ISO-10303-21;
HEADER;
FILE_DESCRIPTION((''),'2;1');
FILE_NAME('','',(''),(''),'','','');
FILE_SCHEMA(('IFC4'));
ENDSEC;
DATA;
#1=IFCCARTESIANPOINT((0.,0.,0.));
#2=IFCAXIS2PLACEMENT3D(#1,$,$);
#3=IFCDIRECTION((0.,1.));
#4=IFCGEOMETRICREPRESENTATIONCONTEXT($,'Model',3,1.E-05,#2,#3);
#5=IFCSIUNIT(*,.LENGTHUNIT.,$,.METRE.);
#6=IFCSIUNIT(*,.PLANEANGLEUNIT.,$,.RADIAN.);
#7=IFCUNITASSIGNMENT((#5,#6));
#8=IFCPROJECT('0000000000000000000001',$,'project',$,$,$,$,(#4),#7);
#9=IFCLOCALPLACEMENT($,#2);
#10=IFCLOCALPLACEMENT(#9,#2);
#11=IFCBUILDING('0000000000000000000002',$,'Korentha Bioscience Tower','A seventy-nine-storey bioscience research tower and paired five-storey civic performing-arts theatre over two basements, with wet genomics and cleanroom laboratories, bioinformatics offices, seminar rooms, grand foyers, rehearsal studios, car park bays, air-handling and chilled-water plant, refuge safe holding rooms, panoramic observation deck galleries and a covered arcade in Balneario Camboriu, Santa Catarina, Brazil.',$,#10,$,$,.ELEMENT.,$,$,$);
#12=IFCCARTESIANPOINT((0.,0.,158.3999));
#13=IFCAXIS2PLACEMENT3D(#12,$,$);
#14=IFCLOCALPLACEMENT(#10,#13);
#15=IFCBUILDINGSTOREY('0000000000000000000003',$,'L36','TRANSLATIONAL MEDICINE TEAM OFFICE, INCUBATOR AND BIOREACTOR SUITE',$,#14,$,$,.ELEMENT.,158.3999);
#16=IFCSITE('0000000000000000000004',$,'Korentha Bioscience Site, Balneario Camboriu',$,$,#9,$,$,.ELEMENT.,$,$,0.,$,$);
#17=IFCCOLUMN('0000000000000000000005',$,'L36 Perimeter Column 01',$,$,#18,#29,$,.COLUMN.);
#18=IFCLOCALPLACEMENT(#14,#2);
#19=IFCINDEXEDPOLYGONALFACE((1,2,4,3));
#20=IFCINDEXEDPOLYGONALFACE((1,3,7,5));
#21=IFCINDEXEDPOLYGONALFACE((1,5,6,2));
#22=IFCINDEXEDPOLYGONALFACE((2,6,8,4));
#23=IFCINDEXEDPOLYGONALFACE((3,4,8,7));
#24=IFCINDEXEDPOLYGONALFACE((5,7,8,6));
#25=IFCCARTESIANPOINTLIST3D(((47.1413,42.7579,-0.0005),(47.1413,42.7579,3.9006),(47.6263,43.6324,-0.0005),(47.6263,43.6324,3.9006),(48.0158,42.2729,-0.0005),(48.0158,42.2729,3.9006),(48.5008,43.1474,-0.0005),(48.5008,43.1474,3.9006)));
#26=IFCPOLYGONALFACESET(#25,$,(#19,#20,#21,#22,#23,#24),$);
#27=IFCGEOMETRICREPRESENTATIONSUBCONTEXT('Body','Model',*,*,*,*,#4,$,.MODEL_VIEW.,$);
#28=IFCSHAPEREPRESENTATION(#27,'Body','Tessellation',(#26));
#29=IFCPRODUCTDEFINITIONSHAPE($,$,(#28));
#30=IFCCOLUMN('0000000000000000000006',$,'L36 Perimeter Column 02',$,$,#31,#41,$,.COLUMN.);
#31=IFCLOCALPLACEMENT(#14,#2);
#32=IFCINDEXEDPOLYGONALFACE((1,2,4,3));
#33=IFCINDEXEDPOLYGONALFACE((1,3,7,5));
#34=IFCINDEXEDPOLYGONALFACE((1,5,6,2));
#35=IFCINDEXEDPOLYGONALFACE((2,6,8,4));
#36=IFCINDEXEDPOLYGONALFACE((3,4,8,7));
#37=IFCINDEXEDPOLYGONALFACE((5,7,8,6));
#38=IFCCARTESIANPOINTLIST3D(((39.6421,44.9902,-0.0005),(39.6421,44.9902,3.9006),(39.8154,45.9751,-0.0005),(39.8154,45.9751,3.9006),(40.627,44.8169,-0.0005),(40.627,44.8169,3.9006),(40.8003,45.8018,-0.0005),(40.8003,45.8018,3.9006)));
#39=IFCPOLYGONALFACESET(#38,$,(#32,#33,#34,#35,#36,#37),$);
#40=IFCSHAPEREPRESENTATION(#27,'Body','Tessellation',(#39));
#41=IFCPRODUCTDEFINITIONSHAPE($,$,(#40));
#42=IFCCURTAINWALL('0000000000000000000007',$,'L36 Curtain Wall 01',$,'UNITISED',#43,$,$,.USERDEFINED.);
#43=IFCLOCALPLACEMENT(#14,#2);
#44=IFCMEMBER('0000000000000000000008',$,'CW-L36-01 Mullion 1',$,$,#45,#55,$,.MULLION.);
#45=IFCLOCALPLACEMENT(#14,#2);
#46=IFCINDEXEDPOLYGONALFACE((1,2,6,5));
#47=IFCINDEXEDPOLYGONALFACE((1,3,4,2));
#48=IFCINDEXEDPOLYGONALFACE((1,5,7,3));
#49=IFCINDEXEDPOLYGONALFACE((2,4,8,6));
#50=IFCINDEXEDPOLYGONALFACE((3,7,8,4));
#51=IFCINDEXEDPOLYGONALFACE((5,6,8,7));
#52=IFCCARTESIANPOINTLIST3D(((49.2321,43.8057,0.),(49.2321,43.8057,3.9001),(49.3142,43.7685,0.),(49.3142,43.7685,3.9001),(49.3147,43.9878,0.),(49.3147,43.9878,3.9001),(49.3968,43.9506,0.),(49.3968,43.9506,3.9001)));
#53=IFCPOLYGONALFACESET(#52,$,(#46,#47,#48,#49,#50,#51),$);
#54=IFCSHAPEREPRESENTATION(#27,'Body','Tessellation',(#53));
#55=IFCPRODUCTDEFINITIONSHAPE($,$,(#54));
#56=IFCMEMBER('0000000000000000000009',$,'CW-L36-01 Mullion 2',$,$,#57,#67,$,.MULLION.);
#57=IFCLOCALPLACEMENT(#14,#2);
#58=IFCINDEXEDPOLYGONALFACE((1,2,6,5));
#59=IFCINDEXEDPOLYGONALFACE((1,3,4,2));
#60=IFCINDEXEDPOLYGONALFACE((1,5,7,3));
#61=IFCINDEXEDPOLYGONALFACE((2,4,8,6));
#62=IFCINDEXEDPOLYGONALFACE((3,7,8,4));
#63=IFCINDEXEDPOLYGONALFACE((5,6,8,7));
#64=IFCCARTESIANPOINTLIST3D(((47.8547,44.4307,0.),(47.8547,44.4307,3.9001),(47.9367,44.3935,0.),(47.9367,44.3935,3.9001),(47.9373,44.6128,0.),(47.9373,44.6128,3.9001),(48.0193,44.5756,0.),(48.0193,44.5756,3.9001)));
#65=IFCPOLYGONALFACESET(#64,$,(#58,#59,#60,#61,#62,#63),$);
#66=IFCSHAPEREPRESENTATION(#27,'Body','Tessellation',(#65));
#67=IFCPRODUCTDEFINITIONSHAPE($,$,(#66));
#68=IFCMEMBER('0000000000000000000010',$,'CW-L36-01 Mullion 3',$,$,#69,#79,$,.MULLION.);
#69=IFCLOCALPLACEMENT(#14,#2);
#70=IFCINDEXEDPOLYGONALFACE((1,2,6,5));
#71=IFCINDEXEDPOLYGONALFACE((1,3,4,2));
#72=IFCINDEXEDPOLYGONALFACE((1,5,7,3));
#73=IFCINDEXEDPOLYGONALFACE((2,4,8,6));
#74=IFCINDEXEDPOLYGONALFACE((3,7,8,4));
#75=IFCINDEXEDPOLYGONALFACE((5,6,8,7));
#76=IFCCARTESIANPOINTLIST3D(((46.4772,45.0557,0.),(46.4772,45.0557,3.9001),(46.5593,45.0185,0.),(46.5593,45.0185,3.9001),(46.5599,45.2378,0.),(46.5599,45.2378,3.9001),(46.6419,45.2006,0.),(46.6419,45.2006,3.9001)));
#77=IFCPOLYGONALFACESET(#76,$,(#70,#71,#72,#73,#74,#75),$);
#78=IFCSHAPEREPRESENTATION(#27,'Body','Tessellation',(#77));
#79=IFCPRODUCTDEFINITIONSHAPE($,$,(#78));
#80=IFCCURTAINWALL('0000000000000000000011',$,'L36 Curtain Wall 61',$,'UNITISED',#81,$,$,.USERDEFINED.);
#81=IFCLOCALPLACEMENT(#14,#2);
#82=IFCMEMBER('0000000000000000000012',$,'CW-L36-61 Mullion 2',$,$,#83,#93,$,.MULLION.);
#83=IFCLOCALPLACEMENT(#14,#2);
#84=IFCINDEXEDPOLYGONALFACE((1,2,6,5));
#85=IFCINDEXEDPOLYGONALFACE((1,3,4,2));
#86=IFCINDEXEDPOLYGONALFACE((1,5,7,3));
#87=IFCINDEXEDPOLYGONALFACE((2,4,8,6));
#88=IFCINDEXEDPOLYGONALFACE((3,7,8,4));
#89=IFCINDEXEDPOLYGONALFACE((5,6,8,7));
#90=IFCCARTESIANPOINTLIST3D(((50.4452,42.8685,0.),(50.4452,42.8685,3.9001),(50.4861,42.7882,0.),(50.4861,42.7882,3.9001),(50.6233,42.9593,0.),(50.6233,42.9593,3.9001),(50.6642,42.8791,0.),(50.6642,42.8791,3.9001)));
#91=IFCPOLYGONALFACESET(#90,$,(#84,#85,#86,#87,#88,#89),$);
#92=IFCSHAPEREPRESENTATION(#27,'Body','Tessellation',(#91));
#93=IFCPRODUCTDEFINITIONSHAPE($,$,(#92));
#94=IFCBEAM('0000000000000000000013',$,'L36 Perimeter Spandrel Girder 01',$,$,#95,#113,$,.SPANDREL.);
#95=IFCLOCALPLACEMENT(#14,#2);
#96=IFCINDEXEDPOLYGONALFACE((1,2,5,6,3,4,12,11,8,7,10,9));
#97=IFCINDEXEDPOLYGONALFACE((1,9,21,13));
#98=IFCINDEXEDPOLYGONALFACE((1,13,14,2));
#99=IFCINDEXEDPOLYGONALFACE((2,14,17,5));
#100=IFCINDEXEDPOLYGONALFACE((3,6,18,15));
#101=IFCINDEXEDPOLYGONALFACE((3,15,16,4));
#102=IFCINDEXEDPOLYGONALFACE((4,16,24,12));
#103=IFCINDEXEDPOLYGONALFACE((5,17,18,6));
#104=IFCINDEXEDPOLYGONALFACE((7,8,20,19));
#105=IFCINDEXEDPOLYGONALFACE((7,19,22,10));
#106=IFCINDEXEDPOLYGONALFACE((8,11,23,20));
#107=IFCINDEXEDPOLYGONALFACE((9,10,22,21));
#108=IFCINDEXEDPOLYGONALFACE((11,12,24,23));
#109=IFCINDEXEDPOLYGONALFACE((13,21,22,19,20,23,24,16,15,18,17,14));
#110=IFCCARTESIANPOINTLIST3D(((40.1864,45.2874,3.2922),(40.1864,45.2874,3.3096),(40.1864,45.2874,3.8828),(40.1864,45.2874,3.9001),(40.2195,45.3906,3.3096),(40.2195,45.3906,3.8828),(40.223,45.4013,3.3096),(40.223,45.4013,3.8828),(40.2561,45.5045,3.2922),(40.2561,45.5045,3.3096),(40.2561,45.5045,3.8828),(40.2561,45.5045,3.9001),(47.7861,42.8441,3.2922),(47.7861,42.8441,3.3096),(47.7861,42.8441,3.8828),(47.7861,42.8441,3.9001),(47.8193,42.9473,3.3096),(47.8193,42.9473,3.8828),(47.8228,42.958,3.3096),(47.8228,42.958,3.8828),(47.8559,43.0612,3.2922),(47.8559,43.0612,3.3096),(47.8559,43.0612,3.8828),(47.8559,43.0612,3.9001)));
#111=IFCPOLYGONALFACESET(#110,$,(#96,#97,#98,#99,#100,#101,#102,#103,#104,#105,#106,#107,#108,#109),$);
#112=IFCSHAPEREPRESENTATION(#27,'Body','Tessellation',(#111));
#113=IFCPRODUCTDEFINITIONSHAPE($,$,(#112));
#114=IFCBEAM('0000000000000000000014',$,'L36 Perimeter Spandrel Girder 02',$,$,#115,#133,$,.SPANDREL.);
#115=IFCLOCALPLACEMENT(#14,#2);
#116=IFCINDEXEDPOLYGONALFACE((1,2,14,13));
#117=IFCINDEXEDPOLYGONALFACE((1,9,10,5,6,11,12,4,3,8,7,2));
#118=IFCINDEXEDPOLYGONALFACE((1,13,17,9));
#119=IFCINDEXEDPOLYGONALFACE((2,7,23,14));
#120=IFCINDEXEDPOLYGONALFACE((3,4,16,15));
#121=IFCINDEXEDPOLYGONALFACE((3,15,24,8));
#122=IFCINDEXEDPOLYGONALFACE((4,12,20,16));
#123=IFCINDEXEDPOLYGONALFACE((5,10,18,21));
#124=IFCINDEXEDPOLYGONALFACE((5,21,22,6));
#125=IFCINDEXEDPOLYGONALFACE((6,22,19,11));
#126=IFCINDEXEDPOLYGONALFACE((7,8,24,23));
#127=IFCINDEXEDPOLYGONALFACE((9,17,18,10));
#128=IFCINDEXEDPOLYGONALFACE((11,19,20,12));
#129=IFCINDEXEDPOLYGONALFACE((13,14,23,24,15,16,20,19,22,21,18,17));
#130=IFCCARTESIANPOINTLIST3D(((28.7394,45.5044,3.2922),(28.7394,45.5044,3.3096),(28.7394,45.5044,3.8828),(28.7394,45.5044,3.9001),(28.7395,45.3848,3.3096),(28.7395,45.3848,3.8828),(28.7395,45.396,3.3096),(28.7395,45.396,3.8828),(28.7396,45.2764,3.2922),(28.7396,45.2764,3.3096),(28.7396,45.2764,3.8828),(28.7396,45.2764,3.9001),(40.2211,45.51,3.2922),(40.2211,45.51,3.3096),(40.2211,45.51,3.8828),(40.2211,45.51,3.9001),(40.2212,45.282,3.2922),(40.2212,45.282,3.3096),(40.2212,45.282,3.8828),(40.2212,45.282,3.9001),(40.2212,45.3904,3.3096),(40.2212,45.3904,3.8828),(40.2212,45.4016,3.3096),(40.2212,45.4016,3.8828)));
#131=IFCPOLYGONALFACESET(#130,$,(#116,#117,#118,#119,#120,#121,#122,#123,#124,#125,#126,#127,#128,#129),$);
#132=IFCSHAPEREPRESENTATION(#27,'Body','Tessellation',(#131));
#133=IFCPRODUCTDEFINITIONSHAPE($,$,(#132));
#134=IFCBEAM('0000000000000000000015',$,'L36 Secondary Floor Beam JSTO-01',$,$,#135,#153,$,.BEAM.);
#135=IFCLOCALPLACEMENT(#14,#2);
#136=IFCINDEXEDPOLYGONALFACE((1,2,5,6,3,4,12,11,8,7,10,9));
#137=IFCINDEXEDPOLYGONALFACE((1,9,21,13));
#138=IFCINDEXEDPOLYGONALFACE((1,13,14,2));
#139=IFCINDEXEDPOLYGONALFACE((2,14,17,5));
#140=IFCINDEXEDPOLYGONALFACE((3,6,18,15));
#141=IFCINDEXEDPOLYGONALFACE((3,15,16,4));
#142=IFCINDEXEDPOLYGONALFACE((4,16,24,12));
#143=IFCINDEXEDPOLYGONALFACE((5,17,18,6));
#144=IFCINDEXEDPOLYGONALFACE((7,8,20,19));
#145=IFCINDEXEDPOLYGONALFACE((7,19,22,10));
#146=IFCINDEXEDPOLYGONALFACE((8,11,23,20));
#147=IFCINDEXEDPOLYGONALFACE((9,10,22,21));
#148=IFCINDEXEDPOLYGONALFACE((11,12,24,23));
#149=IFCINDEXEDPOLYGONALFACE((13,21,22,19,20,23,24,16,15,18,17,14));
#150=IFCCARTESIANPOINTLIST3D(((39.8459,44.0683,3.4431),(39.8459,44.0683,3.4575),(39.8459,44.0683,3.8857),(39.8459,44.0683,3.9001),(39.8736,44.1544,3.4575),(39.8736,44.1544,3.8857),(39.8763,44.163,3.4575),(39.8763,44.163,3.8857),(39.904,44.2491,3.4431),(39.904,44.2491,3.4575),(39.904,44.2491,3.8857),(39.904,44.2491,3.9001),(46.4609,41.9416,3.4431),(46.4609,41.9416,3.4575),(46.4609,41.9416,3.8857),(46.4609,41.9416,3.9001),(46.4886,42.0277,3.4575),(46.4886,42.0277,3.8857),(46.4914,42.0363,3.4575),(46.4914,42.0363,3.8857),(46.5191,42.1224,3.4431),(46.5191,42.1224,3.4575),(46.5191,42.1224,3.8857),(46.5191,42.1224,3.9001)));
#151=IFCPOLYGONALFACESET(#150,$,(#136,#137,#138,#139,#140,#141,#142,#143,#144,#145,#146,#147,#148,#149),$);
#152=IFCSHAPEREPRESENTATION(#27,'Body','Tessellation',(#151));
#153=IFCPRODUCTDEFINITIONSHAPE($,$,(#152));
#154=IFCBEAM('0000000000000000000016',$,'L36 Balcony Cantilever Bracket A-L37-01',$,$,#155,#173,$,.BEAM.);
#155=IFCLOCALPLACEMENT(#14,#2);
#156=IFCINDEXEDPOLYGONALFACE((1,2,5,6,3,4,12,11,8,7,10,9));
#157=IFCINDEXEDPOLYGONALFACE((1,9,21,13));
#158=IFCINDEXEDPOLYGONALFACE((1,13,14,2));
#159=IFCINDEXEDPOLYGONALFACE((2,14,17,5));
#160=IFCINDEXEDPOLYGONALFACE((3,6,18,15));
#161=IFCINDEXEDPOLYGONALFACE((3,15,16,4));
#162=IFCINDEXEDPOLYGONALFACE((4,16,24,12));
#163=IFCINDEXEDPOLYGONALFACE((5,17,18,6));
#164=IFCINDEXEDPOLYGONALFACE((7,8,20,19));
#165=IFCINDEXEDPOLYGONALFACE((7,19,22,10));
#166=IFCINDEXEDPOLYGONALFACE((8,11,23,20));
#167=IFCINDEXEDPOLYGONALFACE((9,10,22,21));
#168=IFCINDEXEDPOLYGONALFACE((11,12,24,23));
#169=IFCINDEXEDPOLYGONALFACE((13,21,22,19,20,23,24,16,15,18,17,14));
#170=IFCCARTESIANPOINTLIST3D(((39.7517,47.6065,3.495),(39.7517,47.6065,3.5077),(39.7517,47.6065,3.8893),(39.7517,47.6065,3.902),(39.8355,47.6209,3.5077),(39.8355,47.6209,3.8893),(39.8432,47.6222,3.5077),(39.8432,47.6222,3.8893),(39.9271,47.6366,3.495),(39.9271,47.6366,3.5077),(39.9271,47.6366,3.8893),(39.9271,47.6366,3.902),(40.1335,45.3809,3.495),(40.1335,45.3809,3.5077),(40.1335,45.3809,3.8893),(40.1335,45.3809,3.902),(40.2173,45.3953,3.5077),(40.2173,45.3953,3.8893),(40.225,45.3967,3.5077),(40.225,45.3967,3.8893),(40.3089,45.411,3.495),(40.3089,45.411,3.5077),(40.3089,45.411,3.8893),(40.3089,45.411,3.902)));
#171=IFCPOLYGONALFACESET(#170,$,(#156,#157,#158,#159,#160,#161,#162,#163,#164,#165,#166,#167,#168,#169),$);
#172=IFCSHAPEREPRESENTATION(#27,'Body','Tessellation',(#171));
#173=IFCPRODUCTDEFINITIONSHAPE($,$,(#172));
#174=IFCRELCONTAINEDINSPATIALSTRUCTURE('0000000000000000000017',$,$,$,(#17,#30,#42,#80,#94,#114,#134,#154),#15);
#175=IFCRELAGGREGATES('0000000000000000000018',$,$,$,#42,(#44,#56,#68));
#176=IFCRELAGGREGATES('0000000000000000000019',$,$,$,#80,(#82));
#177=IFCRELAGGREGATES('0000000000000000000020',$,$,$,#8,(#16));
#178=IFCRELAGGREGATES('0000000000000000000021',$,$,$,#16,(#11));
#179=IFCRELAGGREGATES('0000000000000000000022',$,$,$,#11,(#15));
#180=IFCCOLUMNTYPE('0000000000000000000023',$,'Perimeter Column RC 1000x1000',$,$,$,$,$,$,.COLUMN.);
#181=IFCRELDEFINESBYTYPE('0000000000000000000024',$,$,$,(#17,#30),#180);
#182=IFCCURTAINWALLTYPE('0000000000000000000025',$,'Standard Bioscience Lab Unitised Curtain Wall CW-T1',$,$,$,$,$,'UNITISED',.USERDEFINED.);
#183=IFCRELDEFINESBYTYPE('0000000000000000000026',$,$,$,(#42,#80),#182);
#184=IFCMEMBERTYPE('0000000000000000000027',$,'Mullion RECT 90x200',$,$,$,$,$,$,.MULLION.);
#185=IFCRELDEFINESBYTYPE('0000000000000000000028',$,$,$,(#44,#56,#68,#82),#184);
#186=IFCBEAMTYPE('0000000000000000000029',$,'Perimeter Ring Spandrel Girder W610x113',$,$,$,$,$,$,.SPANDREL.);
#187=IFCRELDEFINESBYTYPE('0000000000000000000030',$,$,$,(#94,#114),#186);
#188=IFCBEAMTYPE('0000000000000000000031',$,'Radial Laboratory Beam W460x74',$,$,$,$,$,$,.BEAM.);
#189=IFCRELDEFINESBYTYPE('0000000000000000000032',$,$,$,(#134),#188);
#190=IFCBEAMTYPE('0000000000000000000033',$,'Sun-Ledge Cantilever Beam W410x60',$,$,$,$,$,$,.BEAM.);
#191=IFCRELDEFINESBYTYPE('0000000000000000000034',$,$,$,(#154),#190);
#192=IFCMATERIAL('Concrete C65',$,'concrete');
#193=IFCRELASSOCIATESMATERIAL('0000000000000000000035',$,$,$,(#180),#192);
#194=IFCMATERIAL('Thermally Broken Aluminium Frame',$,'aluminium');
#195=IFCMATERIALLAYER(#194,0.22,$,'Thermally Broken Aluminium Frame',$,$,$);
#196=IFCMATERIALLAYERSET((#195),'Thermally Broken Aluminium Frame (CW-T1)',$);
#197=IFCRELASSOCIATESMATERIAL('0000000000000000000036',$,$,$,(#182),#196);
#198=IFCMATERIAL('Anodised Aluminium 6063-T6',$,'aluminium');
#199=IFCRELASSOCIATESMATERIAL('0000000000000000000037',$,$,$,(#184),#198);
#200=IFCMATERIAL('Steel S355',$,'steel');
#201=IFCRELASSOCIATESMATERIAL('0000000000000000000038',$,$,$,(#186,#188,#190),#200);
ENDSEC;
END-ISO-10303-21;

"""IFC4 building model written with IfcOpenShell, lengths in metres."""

from ifc_helpers import new_model, si_unit, direction, frame, origin, origin_2d, place, context, subcontext, project, spatial, rectangle, i_section, extrude, material, layer, layer_set, material_profile, profile_set, type_object, element, aggregate, save


model = new_model("IFC4")

# Units and contexts
model_context = context("Model", 3, precision=1e-05, world=origin(), true_north=direction((0.0, 1.0)))
body_context = subcontext(model_context, "Body", "Model", "MODEL_VIEW")
ifc_project = project(units=[si_unit("LENGTHUNIT", "METRE"), si_unit("PLANEANGLEUNIT", "RADIAN")], contexts=[model_context])

# Site, building, storey
site_placement = place(None, origin())
site = spatial("IfcSite", under=ifc_project, at=site_placement, Name="Korentha Bioscience Site, Balneario Camboriu", CompositionType="ELEMENT", RefElevation=0.0)
building_placement = place(site_placement, origin())
building = spatial("IfcBuilding", under=site, at=building_placement, Name="Korentha Bioscience Tower", Description="A seventy-nine-storey bioscience research tower and paired five-storey civic performing-arts theatre over two basements, with wet genomics and cleanroom laboratories, bioinformatics offices, seminar rooms, grand foyers, rehearsal studios, car park bays, air-handling and chilled-water plant, refuge safe holding rooms, panoramic observation deck galleries and a covered arcade in Balneario Camboriu, Santa Catarina, Brazil.", CompositionType="ELEMENT")
storey_placement = place(building_placement, frame((0.0, 0.0, 158.3999)))
storey = spatial("IfcBuildingStorey", under=building, at=storey_placement, Name="L36", Description="TRANSLATIONAL MEDICINE TEAM OFFICE, INCUBATOR AND BIOREACTOR SUITE", CompositionType="ELEMENT", Elevation=158.3999)

# Columns
ifc_material_1 = material(Name="Concrete C65", Category="concrete")
ifc_material_profile_1 = material_profile(ifc_material_1, rectangle(XDim=1.0, YDim=1.0, at=origin_2d()), Name="Concrete C65")
ifc_profile_set_1 = profile_set([ifc_material_profile_1], Name="Concrete C65 (COL-P10)")
column_type = type_object("IfcColumnType", Name="Perimeter Column RC 1000x1000", PredefinedType="COLUMN", material=ifc_profile_set_1)
for number, where, z_axis, x_axis, name in (
    (1, (47.821, 42.9526, -0.0005), (0.0, 0.0, 1.0), (-0.874535, 0.484962, 0.0), "L36 Perimeter Column 01"),
    (2, (40.2212, 45.396, -0.0005), (0.0, 0.0, 1.0), (-0.984868, 0.173304, 0.0), "L36 Perimeter Column 02"),
):
    element("IfcColumn", number, at=place(storey_placement, frame(where, z_axis=z_axis, x_axis=x_axis)), inside=storey, type_object=column_type, Name=name, PredefinedType="COLUMN", context=body_context, shape_type="SweptSolid", body=[
        extrude(rectangle(XDim=1.0, YDim=1.0, at=origin_2d()), origin(), (0.0, 0.0, 1.0), 3.9011),
    ])

# Curtain wall, members
ifc_material_2 = material(Name="Thermally Broken Aluminium Frame", Category="aluminium")
ifc_layer_1 = layer(ifc_material_2, 0.22, Name="Thermally Broken Aluminium Frame")
ifc_layer_set_1 = layer_set([ifc_layer_1], Name="Thermally Broken Aluminium Frame (CW-T1)")
curtain_wall_type = type_object("IfcCurtainWallType", Name="Standard Bioscience Lab Unitised Curtain Wall CW-T1", ElementType="UNITISED", PredefinedType="USERDEFINED", material=ifc_layer_set_1)
curtain_wall_1_placement = place(storey_placement, origin())
curtain_wall_1 = element("IfcCurtainWall", 3, at=curtain_wall_1_placement, inside=storey, type_object=curtain_wall_type, Name="L36 Curtain Wall 01", ObjectType="UNITISED", PredefinedType="USERDEFINED")
ifc_material_3 = material(Name="Anodised Aluminium 6063-T6", Category="aluminium")
ifc_material_profile_2 = material_profile(ifc_material_3, rectangle(XDim=0.0901, YDim=0.2, at=origin_2d()), Name="Anodised Aluminium 6063-T6")
ifc_profile_set_2 = profile_set([ifc_material_profile_2], Name="Anodised Aluminium 6063-T6 (CW-MUL)")
member_type_1 = type_object("IfcMemberType", Name="Mullion RECT 90x200", PredefinedType="MULLION", material=ifc_profile_set_2)
member_1_placement = place(storey_placement, frame((49.3145, 43.8782, 0.0), z_axis=(0.0, 0.0, 1.0), x_axis=(-0.910644, 0.413191, 0.0)))
member_1 = element("IfcMember", 4, at=member_1_placement, type_object=member_type_1, Name="CW-L36-01 Mullion 1", PredefinedType="MULLION", context=body_context, shape_type="SweptSolid", body=[
    extrude(rectangle(XDim=0.0901, YDim=0.2, at=origin_2d()), origin(), (0.0, 0.0, 1.0), 3.9001),
])
member_2_placement = place(storey_placement, frame((47.937, 44.5032, 0.0), z_axis=(0.0, 0.0, 1.0), x_axis=(-0.910644, 0.413191, 0.0)))
member_2 = element("IfcMember", 5, at=member_2_placement, type_object=member_type_1, Name="CW-L36-01 Mullion 2", PredefinedType="MULLION", context=body_context, shape_type="SweptSolid", body=[
    extrude(rectangle(XDim=0.0901, YDim=0.2, at=origin_2d()), origin(), (0.0, 0.0, 1.0), 3.9001),
])
member_3_placement = place(storey_placement, frame((46.5596, 45.1282, 0.0), z_axis=(0.0, 0.0, 1.0), x_axis=(-0.910644, 0.413191, 0.0)))
member_3 = element("IfcMember", 6, at=member_3_placement, type_object=member_type_1, Name="CW-L36-01 Mullion 3", PredefinedType="MULLION", context=body_context, shape_type="SweptSolid", body=[
    extrude(rectangle(XDim=0.0901, YDim=0.2, at=origin_2d()), origin(), (0.0, 0.0, 1.0), 3.9001),
])

# Curtain wall, member
curtain_wall_2_placement = place(storey_placement, origin())
curtain_wall_2 = element("IfcCurtainWall", 7, at=curtain_wall_2_placement, inside=storey, type_object=curtain_wall_type, Name="L36 Curtain Wall 61", ObjectType="UNITISED", PredefinedType="USERDEFINED")
member_4_placement = place(storey_placement, frame((50.5547, 42.8738, 0.0), z_axis=(0.0, 0.0, 1.0), x_axis=(-0.454288, 0.890855, 0.0)))
member_4 = element("IfcMember", 8, at=member_4_placement, type_object=member_type_1, Name="CW-L36-61 Mullion 2", PredefinedType="MULLION", context=body_context, shape_type="SweptSolid", body=[
    extrude(rectangle(XDim=0.0901, YDim=0.2, at=origin_2d()), origin(), (0.0, 0.0, 1.0), 3.9001),
])

# Beams
ifc_material_4 = material(Name="Steel S355", Category="steel")
ifc_material_profile_3 = material_profile(ifc_material_4, i_section(OverallWidth=0.228, OverallDepth=0.6079, WebThickness=0.0112, FlangeThickness=0.0173, at=origin_2d()), Name="Steel S355")
ifc_profile_set_3 = profile_set([ifc_material_profile_3], Name="Steel S355 (SB-610)")
beam_type_1 = type_object("IfcBeamType", Name="Perimeter Ring Spandrel Girder W610x113", PredefinedType="SPANDREL", material=ifc_profile_set_3)
beam_1_placement = place(storey_placement, frame((47.821, 42.9526, 3.5962), z_axis=(-0.952009, 0.306072, 0.0), x_axis=(-0.306072, -0.952009, 0.0)))
element("IfcBeam", 9, at=beam_1_placement, inside=storey, type_object=beam_type_1, Name="L36 Perimeter Spandrel Girder 01", PredefinedType="SPANDREL", context=body_context, shape_type="SweptSolid", body=[
    extrude(i_section(OverallWidth=0.228, OverallDepth=0.6079, WebThickness=0.0112, FlangeThickness=0.0173, at=origin_2d()), origin(), (0.0, 0.0, 1.0), 7.9829),
])
beam_2_placement = place(storey_placement, frame((40.2212, 45.396, 3.5962), z_axis=(-1.0, -0.000489, 0.0), x_axis=(0.000489, -1.0, 0.0)))
element("IfcBeam", 10, at=beam_2_placement, inside=storey, type_object=beam_type_1, Name="L36 Perimeter Spandrel Girder 02", PredefinedType="SPANDREL", context=body_context, shape_type="SweptSolid", body=[
    extrude(i_section(OverallWidth=0.228, OverallDepth=0.6079, WebThickness=0.0112, FlangeThickness=0.0173, at=origin_2d()), origin(), (0.0, 0.0, 1.0), 11.4817),
])
ifc_material_profile_4 = material_profile(ifc_material_4, i_section(OverallWidth=0.1899, OverallDepth=0.457, WebThickness=0.009, FlangeThickness=0.0144, at=origin_2d()), Name="Steel S355")
ifc_profile_set_4 = profile_set([ifc_material_profile_4], Name="Steel S355 (RB-460)")
beam_type_2 = type_object("IfcBeamType", Name="Radial Laboratory Beam W460x74", PredefinedType="BEAM", material=ifc_profile_set_4)
beam_3_placement = place(storey_placement, frame((46.49, 42.032, 3.6716), z_axis=(-0.952009, 0.306069, 0.0), x_axis=(-0.306069, -0.952009, 0.0)))
element("IfcBeam", 11, at=beam_3_placement, inside=storey, type_object=beam_type_2, Name="L36 Secondary Floor Beam JSTO-01", PredefinedType="BEAM", context=body_context, shape_type="SweptSolid", body=[
    extrude(i_section(OverallWidth=0.1899, OverallDepth=0.457, WebThickness=0.009, FlangeThickness=0.0144, at=origin_2d()), origin(), (0.0, 0.0, 1.0), 6.9485),
])
ifc_material_profile_5 = material_profile(ifc_material_4, i_section(OverallWidth=0.178, OverallDepth=0.407, WebThickness=0.0078, FlangeThickness=0.0127, at=origin_2d()), Name="Steel S355")
ifc_profile_set_5 = profile_set([ifc_material_profile_5], Name="Steel S355 (CB-410)")
beam_type_3 = type_object("IfcBeamType", Name="Sun-Ledge Cantilever Beam W410x60", PredefinedType="BEAM", material=ifc_profile_set_5)
beam_4_placement = place(storey_placement, frame((40.2212, 45.396, 3.6985), z_axis=(-0.169096, 0.9856, 0.0), x_axis=(-0.9856, -0.169096, 0.0)))
element("IfcBeam", 12, at=beam_4_placement, inside=storey, type_object=beam_type_3, Name="L36 Balcony Cantilever Bracket A-L37-01", PredefinedType="BEAM", context=body_context, shape_type="SweptSolid", body=[
    extrude(i_section(OverallWidth=0.178, OverallDepth=0.407, WebThickness=0.0078, FlangeThickness=0.0127, at=origin_2d()), origin(), (0.0, 0.0, 1.0), 2.2581),
])

aggregate(curtain_wall_1, [member_1, member_2, member_3])
aggregate(curtain_wall_2, [member_4])

save(model, "model.ifc")
